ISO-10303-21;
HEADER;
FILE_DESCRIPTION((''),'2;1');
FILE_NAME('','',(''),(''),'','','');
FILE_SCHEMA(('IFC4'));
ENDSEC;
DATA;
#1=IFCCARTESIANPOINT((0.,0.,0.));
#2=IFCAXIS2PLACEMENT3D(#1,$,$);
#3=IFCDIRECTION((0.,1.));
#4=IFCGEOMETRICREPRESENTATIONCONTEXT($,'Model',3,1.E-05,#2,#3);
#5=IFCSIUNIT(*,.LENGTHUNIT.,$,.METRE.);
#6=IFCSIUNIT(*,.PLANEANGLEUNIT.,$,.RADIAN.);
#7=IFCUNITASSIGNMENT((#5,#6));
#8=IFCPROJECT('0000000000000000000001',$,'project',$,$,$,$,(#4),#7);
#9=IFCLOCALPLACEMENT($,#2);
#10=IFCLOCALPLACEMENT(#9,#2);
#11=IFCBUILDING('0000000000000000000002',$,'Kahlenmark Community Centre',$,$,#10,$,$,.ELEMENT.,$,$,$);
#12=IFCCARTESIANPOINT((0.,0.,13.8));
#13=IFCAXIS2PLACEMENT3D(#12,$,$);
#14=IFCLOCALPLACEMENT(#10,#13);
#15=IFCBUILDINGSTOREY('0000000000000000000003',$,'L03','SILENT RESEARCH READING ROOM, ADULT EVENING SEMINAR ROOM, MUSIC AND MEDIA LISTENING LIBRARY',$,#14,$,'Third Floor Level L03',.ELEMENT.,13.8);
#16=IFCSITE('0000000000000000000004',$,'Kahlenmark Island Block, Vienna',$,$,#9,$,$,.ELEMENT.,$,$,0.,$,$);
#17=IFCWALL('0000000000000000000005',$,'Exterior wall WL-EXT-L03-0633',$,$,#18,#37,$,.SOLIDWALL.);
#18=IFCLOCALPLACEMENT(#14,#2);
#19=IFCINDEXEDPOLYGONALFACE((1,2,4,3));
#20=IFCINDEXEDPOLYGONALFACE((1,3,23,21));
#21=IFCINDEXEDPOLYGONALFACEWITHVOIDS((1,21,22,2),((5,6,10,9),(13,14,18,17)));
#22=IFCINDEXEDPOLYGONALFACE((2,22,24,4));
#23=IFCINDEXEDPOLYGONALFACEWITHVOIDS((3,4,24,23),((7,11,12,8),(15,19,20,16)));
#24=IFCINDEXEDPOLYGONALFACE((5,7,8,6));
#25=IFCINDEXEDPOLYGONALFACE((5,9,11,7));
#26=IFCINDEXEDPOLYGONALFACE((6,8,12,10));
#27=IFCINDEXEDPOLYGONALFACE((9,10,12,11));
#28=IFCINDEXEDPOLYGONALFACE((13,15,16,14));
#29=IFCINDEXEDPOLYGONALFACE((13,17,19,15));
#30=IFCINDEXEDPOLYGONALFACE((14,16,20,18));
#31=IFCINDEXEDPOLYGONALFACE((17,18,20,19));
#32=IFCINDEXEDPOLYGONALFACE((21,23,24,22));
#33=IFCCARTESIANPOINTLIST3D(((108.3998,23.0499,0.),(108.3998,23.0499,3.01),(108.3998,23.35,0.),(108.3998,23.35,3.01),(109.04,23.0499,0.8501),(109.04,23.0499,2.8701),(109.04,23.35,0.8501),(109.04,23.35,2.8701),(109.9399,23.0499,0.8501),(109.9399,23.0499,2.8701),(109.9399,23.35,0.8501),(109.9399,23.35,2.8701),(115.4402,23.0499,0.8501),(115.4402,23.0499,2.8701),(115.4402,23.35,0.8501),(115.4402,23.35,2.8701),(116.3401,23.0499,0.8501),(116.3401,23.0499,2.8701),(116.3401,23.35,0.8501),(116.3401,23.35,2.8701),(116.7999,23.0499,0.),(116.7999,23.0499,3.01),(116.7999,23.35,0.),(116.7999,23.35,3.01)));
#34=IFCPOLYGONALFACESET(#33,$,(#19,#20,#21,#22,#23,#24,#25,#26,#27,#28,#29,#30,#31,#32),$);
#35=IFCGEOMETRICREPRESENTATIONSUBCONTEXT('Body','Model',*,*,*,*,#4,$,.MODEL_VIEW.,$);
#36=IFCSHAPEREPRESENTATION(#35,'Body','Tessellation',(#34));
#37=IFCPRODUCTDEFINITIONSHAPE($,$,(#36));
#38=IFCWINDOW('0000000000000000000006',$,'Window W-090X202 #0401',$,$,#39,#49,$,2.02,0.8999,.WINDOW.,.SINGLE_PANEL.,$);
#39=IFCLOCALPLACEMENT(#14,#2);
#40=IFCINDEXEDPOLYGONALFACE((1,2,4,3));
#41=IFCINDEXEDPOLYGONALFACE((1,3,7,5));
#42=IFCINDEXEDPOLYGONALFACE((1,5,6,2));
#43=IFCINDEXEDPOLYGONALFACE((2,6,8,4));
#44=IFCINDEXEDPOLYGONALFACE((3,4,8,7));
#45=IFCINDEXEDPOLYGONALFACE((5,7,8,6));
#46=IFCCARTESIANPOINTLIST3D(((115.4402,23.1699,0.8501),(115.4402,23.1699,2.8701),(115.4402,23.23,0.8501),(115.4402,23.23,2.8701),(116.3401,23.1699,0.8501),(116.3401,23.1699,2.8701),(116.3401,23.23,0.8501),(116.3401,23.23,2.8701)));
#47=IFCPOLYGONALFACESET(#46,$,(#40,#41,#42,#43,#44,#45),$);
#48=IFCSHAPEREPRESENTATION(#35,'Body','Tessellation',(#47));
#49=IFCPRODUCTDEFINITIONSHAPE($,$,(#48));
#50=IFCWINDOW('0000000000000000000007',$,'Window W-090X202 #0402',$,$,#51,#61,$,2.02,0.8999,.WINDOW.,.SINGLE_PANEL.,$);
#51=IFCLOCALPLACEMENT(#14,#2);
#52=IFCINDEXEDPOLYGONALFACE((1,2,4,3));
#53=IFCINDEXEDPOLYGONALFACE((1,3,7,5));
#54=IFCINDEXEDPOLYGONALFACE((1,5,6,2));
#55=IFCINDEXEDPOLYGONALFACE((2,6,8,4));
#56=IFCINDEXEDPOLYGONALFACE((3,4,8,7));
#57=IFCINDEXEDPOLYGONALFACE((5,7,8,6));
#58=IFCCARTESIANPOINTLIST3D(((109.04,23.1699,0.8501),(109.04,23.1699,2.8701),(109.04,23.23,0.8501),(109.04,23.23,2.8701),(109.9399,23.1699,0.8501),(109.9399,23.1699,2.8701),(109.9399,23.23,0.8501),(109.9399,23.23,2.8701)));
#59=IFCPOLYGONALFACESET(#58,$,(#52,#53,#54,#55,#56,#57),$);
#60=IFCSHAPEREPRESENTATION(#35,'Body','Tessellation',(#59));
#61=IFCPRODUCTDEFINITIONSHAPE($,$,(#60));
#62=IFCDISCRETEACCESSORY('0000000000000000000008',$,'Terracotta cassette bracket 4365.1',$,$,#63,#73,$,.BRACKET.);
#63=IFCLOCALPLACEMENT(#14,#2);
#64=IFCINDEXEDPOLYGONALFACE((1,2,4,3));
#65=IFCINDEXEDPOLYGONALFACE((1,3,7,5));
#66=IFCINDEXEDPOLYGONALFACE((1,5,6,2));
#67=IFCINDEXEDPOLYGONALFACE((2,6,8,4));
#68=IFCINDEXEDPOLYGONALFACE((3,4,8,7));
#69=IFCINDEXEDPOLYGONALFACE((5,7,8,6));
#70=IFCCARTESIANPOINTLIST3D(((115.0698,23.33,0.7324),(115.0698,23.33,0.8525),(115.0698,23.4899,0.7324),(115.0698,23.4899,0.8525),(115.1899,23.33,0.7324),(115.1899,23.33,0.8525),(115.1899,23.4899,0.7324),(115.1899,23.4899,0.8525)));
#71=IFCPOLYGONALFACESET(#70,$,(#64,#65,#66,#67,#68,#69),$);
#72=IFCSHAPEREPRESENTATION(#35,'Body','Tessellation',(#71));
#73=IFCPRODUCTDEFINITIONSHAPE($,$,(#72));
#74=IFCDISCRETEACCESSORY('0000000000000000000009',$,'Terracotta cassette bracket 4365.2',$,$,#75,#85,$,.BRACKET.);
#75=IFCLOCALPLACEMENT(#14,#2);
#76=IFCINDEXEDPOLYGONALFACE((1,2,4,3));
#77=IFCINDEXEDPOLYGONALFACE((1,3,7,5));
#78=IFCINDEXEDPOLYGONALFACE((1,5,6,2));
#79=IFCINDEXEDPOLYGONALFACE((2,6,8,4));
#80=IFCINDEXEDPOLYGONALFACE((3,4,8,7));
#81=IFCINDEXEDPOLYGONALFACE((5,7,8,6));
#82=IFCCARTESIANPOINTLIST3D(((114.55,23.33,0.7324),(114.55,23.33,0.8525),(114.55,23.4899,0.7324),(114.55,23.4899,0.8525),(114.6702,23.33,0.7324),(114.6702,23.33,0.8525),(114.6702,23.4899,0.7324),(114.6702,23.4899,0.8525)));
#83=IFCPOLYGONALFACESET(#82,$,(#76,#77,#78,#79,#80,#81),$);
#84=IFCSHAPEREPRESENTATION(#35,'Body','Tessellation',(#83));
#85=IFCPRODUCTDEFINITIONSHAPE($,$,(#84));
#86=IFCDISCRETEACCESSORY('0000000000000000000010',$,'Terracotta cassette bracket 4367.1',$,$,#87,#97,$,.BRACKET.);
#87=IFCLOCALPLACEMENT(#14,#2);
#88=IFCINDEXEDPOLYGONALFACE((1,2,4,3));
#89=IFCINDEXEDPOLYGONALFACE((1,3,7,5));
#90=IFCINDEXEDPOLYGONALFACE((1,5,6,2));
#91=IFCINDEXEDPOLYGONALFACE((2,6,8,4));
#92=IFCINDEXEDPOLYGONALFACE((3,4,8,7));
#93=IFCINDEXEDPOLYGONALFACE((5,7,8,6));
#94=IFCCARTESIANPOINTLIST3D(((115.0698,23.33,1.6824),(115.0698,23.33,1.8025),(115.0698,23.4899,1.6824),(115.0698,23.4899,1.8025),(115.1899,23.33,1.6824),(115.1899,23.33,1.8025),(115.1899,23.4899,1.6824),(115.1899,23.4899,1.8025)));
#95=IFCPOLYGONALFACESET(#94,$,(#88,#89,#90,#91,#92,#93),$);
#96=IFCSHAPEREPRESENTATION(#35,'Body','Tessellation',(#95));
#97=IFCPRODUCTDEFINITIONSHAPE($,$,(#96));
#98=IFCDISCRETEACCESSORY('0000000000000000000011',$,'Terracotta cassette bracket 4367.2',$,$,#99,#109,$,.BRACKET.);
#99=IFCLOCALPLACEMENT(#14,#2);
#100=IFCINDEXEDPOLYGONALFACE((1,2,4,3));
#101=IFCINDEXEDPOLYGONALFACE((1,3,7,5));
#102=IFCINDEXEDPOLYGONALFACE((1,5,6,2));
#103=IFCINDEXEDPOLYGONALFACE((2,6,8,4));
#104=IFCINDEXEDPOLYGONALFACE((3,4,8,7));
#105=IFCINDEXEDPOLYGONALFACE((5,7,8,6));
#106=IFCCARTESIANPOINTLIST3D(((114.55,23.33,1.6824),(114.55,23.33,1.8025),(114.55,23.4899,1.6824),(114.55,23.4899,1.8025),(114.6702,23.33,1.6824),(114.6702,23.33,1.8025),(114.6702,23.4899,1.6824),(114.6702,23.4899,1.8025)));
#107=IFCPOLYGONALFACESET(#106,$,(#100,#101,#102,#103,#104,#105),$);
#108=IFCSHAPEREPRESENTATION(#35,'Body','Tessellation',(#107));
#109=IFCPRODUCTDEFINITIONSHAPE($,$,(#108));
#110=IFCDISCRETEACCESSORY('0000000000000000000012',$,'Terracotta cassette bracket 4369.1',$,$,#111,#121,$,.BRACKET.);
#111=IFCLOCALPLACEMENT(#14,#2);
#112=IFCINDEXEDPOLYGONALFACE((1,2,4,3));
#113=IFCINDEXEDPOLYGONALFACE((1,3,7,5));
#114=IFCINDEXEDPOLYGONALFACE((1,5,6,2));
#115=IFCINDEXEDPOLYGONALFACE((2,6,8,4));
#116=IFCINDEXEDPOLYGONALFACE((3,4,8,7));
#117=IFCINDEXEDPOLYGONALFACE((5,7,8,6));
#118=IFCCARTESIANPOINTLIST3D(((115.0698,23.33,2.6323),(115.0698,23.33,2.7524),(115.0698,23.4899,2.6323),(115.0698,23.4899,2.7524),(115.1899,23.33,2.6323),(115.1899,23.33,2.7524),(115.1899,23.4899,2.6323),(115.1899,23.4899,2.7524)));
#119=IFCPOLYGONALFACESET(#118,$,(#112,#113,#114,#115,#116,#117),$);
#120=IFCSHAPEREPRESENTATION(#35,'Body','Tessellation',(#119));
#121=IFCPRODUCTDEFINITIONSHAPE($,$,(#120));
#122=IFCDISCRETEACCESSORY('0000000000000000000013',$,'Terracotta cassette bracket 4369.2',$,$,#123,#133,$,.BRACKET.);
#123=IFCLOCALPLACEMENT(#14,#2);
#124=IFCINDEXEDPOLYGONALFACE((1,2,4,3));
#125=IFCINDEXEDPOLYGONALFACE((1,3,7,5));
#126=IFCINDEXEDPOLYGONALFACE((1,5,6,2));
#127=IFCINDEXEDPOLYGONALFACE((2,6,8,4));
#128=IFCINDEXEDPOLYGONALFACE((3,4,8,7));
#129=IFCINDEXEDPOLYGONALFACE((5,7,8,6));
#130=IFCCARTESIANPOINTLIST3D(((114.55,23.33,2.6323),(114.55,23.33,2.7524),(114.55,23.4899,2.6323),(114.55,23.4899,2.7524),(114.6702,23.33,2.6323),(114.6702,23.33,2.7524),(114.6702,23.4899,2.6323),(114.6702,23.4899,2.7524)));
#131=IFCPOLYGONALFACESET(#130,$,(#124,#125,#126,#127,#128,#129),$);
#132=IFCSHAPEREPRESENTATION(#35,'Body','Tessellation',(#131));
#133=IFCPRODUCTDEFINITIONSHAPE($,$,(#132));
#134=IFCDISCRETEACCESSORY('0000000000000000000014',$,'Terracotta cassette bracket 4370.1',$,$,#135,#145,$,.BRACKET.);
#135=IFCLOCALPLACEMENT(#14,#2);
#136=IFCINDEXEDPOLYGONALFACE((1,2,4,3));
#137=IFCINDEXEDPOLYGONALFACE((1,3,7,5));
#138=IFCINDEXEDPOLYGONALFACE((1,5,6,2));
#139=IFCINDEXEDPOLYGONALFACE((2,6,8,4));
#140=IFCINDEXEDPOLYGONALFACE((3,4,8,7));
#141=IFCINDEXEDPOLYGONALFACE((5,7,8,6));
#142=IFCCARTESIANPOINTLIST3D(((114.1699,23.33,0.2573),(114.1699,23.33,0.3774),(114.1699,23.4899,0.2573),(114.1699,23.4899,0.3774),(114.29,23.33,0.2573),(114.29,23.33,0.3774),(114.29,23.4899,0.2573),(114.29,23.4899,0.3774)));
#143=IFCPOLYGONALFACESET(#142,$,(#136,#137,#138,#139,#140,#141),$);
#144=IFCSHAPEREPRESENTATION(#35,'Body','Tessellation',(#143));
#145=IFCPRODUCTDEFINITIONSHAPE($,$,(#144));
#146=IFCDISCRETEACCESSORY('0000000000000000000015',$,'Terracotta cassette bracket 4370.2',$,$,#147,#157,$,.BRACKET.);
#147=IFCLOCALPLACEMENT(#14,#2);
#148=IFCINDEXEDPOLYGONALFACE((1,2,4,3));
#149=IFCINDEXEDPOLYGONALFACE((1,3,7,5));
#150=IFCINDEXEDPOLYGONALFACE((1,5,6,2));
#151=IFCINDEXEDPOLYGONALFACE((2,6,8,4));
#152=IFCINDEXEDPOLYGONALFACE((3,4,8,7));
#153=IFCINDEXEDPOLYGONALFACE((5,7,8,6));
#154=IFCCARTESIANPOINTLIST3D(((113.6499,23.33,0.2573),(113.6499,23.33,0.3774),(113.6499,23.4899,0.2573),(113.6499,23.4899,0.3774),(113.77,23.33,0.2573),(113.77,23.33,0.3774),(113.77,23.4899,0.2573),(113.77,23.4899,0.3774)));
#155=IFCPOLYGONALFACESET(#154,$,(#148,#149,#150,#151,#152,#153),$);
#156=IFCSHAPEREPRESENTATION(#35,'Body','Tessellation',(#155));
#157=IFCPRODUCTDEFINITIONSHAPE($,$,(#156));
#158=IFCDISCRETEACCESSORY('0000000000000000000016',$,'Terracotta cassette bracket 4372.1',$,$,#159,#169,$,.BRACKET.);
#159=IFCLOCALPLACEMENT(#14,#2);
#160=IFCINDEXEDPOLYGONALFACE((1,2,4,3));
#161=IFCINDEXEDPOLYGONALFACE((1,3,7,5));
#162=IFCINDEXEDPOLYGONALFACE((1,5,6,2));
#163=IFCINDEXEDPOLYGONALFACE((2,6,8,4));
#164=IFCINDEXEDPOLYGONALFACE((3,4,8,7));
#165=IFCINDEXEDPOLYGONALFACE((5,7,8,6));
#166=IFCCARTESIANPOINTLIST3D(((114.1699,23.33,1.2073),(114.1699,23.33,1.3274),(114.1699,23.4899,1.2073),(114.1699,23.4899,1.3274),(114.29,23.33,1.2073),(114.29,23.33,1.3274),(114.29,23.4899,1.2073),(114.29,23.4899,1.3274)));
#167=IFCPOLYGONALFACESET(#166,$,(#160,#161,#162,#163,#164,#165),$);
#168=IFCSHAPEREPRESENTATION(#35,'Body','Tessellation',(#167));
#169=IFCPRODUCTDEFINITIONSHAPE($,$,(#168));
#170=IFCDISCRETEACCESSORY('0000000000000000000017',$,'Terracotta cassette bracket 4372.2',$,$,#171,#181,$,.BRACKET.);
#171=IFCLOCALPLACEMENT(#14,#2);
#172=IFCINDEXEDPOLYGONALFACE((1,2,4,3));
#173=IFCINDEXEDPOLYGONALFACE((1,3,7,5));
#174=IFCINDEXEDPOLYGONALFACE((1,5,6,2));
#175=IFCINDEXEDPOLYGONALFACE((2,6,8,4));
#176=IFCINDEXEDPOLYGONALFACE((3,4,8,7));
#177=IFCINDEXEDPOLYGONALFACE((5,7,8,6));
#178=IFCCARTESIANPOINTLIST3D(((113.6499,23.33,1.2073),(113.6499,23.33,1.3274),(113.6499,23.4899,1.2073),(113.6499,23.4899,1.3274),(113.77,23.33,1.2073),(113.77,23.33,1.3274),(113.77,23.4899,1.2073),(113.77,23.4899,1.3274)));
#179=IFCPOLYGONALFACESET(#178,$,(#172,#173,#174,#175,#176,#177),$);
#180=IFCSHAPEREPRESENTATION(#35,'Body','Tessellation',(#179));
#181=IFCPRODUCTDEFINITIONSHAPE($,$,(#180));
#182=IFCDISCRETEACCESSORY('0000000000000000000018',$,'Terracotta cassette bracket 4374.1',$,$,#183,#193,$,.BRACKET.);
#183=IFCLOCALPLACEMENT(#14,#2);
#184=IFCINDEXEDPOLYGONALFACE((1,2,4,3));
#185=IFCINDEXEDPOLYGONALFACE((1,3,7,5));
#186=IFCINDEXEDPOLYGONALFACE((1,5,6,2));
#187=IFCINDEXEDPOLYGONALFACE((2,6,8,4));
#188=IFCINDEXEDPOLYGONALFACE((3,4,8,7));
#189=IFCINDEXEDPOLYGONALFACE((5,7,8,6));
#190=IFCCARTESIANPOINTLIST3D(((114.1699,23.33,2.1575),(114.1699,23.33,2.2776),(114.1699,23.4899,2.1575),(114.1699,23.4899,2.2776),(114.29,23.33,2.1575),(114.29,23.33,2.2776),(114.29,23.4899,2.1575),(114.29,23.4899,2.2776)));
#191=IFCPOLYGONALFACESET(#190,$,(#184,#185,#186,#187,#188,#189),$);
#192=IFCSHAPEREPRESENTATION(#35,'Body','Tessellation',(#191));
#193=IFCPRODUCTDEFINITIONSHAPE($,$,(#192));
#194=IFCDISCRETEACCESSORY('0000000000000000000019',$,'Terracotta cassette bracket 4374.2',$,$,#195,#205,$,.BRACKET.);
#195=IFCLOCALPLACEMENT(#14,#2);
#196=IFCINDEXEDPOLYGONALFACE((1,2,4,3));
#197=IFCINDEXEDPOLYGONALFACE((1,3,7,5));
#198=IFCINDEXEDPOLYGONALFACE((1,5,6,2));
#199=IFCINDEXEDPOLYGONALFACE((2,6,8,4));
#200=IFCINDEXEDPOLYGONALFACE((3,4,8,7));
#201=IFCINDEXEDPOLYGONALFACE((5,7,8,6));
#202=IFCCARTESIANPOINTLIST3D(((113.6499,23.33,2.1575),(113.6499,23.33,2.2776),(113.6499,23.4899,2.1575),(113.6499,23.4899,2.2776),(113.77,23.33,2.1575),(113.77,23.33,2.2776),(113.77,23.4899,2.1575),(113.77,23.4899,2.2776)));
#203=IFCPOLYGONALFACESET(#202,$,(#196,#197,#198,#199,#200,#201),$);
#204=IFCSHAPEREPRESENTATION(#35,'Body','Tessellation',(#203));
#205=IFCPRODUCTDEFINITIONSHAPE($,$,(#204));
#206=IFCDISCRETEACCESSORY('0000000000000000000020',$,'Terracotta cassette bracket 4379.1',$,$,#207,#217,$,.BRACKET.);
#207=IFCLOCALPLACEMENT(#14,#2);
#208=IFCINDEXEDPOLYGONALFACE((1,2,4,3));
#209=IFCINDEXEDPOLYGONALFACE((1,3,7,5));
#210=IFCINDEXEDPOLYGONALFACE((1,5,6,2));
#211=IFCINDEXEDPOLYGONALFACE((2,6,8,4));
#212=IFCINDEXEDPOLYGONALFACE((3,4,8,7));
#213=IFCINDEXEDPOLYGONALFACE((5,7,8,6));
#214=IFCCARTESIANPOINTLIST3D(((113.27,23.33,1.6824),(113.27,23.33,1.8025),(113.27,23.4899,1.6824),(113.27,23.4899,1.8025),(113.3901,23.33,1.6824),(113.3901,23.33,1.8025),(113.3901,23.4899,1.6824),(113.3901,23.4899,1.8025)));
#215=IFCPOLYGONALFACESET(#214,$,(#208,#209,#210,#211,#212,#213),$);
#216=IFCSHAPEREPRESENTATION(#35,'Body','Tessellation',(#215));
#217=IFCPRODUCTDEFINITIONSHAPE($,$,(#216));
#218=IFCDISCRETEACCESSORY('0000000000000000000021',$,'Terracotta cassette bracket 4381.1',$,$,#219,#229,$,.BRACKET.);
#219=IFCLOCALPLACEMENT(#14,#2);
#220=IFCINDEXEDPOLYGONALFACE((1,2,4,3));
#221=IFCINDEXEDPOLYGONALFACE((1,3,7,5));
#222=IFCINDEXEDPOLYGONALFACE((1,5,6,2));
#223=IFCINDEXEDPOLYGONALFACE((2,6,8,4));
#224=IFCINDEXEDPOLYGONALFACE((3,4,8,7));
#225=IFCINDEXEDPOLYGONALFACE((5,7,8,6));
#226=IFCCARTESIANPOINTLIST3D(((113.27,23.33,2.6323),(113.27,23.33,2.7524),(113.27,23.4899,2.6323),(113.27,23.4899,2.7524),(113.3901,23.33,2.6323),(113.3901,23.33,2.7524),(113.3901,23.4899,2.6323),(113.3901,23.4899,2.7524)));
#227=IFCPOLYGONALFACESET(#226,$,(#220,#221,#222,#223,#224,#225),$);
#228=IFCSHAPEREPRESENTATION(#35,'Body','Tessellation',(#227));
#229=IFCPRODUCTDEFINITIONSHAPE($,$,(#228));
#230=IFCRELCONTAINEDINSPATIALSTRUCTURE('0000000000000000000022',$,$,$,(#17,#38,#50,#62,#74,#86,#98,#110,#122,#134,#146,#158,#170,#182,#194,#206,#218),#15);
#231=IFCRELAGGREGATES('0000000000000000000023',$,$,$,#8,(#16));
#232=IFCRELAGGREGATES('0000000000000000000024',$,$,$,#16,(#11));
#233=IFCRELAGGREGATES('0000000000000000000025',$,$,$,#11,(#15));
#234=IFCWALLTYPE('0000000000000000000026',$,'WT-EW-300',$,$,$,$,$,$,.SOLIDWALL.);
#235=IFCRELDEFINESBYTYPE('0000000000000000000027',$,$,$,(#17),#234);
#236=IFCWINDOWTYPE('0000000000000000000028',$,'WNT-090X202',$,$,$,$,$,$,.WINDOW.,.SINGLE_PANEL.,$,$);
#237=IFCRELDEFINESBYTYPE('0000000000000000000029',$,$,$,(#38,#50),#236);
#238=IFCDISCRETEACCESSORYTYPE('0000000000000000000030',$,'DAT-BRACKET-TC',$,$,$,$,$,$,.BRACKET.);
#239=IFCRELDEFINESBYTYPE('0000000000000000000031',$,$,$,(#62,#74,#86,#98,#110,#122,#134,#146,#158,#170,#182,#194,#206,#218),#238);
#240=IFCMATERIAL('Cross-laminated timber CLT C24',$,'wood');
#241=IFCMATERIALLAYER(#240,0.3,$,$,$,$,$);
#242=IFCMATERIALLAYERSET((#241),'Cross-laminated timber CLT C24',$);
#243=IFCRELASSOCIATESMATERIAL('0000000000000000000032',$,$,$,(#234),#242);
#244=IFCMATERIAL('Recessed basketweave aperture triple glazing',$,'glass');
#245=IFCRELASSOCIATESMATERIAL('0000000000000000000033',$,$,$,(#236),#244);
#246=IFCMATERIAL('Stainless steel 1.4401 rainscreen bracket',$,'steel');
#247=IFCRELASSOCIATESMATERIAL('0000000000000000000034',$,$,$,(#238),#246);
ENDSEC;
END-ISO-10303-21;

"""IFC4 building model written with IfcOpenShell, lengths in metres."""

from ifc_helpers import new_model, si_unit, direction, frame, frame_2d, origin, origin_2d, place, context, subcontext, project, spatial, rectangle, extrude, material, layer, layer_set, type_object, element, fill, save


model = new_model("IFC4")

# Units and contexts
model_context = context("Model", 3, precision=1e-05, world=origin(), true_north=direction((0.0, 1.0)))
body_context = subcontext(model_context, "Body", "Model", "MODEL_VIEW")
ifc_project = project(units=[si_unit("LENGTHUNIT", "METRE"), si_unit("PLANEANGLEUNIT", "RADIAN")], contexts=[model_context])

# Site, building, storey
site_placement = place(None, origin())
site = spatial("IfcSite", under=ifc_project, at=site_placement, Name="Kahlenmark Island Block, Vienna", CompositionType="ELEMENT", RefElevation=0.0)
building_placement = place(site_placement, origin())
building = spatial("IfcBuilding", under=site, at=building_placement, Name="Kahlenmark Community Centre", CompositionType="ELEMENT")
storey_placement = place(building_placement, frame((0.0, 0.0, 13.8)))
storey = spatial("IfcBuildingStorey", under=building, at=storey_placement, Name="L03", Description="SILENT RESEARCH READING ROOM, ADULT EVENING SEMINAR ROOM, MUSIC AND MEDIA LISTENING LIBRARY", LongName="Third Floor Level L03", CompositionType="ELEMENT", Elevation=13.8)

# Wall, openings, windows
ifc_material_1 = material(Name="Cross-laminated timber CLT C24", Category="wood")
ifc_layer_1 = layer(ifc_material_1, 0.3)
ifc_layer_set_1 = layer_set([ifc_layer_1], Name="Cross-laminated timber CLT C24")
wall_type = type_object("IfcWallType", Name="WT-EW-300", PredefinedType="SOLIDWALL", material=ifc_layer_set_1)
wall_placement = place(storey_placement, frame((116.8, 23.2, 0.0), z_axis=(0.0, 0.0, 1.0), x_axis=(-1.0, 0.0, 0.0)))
wall = element("IfcWall", 1, at=wall_placement, inside=storey, type_object=wall_type, Name="Exterior wall WL-EXT-L03-0633", PredefinedType="SOLIDWALL", context=body_context, shape_type="SweptSolid", body=[
    extrude(rectangle(XDim=8.4001, YDim=0.3, at=frame_2d((4.2002, 0.0))), origin(), (0.0, 0.0, 1.0), 3.01),
])
opening_1_placement = place(wall_placement, frame((0.46, 0.0, 0.8501)))
opening_1 = element("IfcOpeningElement", 2, at=opening_1_placement, cuts=wall, PredefinedType="OPENING", context=body_context, shape_type="SweptSolid", body=[
    extrude(rectangle(XDim=0.8999, YDim=2.02, at=frame_2d((0.45, 1.01))), frame((0.0, 0.1599, 0.0), z_axis=(0.0, -1.0, 0.0), x_axis=(1.0, 0.0, 0.0)), (0.0, 0.0, 1.0), 0.3201),
])
opening_2_placement = place(wall_placement, frame((6.8601, 0.0, 0.8501)))
opening_2 = element("IfcOpeningElement", 3, at=opening_2_placement, cuts=wall, PredefinedType="OPENING", context=body_context, shape_type="SweptSolid", body=[
    extrude(rectangle(XDim=0.8999, YDim=2.02, at=frame_2d((0.45, 1.01))), frame((0.0, 0.1599, 0.0), z_axis=(0.0, -1.0, 0.0), x_axis=(1.0, 0.0, 0.0)), (0.0, 0.0, 1.0), 0.3201),
])
ifc_material_2 = material(Name="Recessed basketweave aperture triple glazing", Category="glass")
window_type = type_object("IfcWindowType", Name="WNT-090X202", PartitioningType="SINGLE_PANEL", PredefinedType="WINDOW", material=ifc_material_2)
window_1_placement = place(opening_1_placement, origin())
window_1 = element("IfcWindow", 4, at=window_1_placement, inside=storey, type_object=window_type, Name="Window W-090X202 #0401", OverallHeight=2.02, OverallWidth=0.8999, PartitioningType="SINGLE_PANEL", PredefinedType="WINDOW", context=body_context, shape_type="SweptSolid", body=[
    extrude(rectangle(XDim=0.8999, YDim=2.02, at=frame_2d((0.45, 1.01))), frame((0.0, 0.03, 0.0), z_axis=(0.0, -1.0, 0.0), x_axis=(1.0, 0.0, 0.0)), (0.0, 0.0, 1.0), 0.0601),
])
fill(opening_1, window_1)
window_2_placement = place(opening_2_placement, origin())
window_2 = element("IfcWindow", 5, at=window_2_placement, inside=storey, type_object=window_type, Name="Window W-090X202 #0402", OverallHeight=2.02, OverallWidth=0.8999, PartitioningType="SINGLE_PANEL", PredefinedType="WINDOW", context=body_context, shape_type="SweptSolid", body=[
    extrude(rectangle(XDim=0.8999, YDim=2.02, at=frame_2d((0.45, 1.01))), frame((0.0, 0.03, 0.0), z_axis=(0.0, -1.0, 0.0), x_axis=(1.0, 0.0, 0.0)), (0.0, 0.0, 1.0), 0.0601),
])
fill(opening_2, window_2)

# Discrete accessories
ifc_material_3 = material(Name="Stainless steel 1.4401 rainscreen bracket", Category="steel")
discrete_accessory_type = type_object("IfcDiscreteAccessoryType", Name="DAT-BRACKET-TC", PredefinedType="BRACKET", material=ifc_material_3)
for number, where, z_axis, x_axis, name in (
    (6, (115.1299, 23.4099, 0.7324), (0.0, 0.0, 1.0), (-1.0, 0.0, 0.0), "Terracotta cassette bracket 4365.1"),
    (7, (114.6101, 23.4099, 0.7324), (0.0, 0.0, 1.0), (-1.0, 0.0, 0.0), "Terracotta cassette bracket 4365.2"),
    (8, (115.1299, 23.4099, 1.6824), (0.0, 0.0, 1.0), (-1.0, 0.0, 0.0), "Terracotta cassette bracket 4367.1"),
    (9, (114.6101, 23.4099, 1.6824), (0.0, 0.0, 1.0), (-1.0, 0.0, 0.0), "Terracotta cassette bracket 4367.2"),
    (10, (115.1299, 23.4099, 2.6323), (0.0, 0.0, 1.0), (-1.0, 0.0, 0.0), "Terracotta cassette bracket 4369.1"),
    (11, (114.6101, 23.4099, 2.6323), (0.0, 0.0, 1.0), (-1.0, 0.0, 0.0), "Terracotta cassette bracket 4369.2"),
    (12, (114.23, 23.4099, 0.2573), (0.0, 0.0, 1.0), (-1.0, 0.0, 0.0), "Terracotta cassette bracket 4370.1"),
    (13, (113.71, 23.4099, 0.2573), (0.0, 0.0, 1.0), (-1.0, 0.0, 0.0), "Terracotta cassette bracket 4370.2"),
    (14, (114.23, 23.4099, 1.2073), (0.0, 0.0, 1.0), (-1.0, 0.0, 0.0), "Terracotta cassette bracket 4372.1"),
    (15, (113.71, 23.4099, 1.2073), (0.0, 0.0, 1.0), (-1.0, 0.0, 0.0), "Terracotta cassette bracket 4372.2"),
    (16, (114.23, 23.4099, 2.1575), (0.0, 0.0, 1.0), (-1.0, 0.0, 0.0), "Terracotta cassette bracket 4374.1"),
    (17, (113.71, 23.4099, 2.1575), (0.0, 0.0, 1.0), (-1.0, 0.0, 0.0), "Terracotta cassette bracket 4374.2"),
    (18, (113.3301, 23.4099, 1.6824), (0.0, 0.0, 1.0), (-1.0, 0.0, 0.0), "Terracotta cassette bracket 4379.1"),
    (19, (113.3301, 23.4099, 2.6323), (0.0, 0.0, 1.0), (-1.0, 0.0, 0.0), "Terracotta cassette bracket 4381.1"),
):
    element("IfcDiscreteAccessory", number, at=place(storey_placement, frame(where, z_axis=z_axis, x_axis=x_axis)), inside=storey, type_object=discrete_accessory_type, Name=name, PredefinedType="BRACKET", context=body_context, shape_type="SweptSolid", body=[
        extrude(rectangle(XDim=0.1201, YDim=0.1599, at=origin_2d()), origin(), (0.0, 0.0, 1.0), 0.1201),
    ])

save(model, "model.ifc")
